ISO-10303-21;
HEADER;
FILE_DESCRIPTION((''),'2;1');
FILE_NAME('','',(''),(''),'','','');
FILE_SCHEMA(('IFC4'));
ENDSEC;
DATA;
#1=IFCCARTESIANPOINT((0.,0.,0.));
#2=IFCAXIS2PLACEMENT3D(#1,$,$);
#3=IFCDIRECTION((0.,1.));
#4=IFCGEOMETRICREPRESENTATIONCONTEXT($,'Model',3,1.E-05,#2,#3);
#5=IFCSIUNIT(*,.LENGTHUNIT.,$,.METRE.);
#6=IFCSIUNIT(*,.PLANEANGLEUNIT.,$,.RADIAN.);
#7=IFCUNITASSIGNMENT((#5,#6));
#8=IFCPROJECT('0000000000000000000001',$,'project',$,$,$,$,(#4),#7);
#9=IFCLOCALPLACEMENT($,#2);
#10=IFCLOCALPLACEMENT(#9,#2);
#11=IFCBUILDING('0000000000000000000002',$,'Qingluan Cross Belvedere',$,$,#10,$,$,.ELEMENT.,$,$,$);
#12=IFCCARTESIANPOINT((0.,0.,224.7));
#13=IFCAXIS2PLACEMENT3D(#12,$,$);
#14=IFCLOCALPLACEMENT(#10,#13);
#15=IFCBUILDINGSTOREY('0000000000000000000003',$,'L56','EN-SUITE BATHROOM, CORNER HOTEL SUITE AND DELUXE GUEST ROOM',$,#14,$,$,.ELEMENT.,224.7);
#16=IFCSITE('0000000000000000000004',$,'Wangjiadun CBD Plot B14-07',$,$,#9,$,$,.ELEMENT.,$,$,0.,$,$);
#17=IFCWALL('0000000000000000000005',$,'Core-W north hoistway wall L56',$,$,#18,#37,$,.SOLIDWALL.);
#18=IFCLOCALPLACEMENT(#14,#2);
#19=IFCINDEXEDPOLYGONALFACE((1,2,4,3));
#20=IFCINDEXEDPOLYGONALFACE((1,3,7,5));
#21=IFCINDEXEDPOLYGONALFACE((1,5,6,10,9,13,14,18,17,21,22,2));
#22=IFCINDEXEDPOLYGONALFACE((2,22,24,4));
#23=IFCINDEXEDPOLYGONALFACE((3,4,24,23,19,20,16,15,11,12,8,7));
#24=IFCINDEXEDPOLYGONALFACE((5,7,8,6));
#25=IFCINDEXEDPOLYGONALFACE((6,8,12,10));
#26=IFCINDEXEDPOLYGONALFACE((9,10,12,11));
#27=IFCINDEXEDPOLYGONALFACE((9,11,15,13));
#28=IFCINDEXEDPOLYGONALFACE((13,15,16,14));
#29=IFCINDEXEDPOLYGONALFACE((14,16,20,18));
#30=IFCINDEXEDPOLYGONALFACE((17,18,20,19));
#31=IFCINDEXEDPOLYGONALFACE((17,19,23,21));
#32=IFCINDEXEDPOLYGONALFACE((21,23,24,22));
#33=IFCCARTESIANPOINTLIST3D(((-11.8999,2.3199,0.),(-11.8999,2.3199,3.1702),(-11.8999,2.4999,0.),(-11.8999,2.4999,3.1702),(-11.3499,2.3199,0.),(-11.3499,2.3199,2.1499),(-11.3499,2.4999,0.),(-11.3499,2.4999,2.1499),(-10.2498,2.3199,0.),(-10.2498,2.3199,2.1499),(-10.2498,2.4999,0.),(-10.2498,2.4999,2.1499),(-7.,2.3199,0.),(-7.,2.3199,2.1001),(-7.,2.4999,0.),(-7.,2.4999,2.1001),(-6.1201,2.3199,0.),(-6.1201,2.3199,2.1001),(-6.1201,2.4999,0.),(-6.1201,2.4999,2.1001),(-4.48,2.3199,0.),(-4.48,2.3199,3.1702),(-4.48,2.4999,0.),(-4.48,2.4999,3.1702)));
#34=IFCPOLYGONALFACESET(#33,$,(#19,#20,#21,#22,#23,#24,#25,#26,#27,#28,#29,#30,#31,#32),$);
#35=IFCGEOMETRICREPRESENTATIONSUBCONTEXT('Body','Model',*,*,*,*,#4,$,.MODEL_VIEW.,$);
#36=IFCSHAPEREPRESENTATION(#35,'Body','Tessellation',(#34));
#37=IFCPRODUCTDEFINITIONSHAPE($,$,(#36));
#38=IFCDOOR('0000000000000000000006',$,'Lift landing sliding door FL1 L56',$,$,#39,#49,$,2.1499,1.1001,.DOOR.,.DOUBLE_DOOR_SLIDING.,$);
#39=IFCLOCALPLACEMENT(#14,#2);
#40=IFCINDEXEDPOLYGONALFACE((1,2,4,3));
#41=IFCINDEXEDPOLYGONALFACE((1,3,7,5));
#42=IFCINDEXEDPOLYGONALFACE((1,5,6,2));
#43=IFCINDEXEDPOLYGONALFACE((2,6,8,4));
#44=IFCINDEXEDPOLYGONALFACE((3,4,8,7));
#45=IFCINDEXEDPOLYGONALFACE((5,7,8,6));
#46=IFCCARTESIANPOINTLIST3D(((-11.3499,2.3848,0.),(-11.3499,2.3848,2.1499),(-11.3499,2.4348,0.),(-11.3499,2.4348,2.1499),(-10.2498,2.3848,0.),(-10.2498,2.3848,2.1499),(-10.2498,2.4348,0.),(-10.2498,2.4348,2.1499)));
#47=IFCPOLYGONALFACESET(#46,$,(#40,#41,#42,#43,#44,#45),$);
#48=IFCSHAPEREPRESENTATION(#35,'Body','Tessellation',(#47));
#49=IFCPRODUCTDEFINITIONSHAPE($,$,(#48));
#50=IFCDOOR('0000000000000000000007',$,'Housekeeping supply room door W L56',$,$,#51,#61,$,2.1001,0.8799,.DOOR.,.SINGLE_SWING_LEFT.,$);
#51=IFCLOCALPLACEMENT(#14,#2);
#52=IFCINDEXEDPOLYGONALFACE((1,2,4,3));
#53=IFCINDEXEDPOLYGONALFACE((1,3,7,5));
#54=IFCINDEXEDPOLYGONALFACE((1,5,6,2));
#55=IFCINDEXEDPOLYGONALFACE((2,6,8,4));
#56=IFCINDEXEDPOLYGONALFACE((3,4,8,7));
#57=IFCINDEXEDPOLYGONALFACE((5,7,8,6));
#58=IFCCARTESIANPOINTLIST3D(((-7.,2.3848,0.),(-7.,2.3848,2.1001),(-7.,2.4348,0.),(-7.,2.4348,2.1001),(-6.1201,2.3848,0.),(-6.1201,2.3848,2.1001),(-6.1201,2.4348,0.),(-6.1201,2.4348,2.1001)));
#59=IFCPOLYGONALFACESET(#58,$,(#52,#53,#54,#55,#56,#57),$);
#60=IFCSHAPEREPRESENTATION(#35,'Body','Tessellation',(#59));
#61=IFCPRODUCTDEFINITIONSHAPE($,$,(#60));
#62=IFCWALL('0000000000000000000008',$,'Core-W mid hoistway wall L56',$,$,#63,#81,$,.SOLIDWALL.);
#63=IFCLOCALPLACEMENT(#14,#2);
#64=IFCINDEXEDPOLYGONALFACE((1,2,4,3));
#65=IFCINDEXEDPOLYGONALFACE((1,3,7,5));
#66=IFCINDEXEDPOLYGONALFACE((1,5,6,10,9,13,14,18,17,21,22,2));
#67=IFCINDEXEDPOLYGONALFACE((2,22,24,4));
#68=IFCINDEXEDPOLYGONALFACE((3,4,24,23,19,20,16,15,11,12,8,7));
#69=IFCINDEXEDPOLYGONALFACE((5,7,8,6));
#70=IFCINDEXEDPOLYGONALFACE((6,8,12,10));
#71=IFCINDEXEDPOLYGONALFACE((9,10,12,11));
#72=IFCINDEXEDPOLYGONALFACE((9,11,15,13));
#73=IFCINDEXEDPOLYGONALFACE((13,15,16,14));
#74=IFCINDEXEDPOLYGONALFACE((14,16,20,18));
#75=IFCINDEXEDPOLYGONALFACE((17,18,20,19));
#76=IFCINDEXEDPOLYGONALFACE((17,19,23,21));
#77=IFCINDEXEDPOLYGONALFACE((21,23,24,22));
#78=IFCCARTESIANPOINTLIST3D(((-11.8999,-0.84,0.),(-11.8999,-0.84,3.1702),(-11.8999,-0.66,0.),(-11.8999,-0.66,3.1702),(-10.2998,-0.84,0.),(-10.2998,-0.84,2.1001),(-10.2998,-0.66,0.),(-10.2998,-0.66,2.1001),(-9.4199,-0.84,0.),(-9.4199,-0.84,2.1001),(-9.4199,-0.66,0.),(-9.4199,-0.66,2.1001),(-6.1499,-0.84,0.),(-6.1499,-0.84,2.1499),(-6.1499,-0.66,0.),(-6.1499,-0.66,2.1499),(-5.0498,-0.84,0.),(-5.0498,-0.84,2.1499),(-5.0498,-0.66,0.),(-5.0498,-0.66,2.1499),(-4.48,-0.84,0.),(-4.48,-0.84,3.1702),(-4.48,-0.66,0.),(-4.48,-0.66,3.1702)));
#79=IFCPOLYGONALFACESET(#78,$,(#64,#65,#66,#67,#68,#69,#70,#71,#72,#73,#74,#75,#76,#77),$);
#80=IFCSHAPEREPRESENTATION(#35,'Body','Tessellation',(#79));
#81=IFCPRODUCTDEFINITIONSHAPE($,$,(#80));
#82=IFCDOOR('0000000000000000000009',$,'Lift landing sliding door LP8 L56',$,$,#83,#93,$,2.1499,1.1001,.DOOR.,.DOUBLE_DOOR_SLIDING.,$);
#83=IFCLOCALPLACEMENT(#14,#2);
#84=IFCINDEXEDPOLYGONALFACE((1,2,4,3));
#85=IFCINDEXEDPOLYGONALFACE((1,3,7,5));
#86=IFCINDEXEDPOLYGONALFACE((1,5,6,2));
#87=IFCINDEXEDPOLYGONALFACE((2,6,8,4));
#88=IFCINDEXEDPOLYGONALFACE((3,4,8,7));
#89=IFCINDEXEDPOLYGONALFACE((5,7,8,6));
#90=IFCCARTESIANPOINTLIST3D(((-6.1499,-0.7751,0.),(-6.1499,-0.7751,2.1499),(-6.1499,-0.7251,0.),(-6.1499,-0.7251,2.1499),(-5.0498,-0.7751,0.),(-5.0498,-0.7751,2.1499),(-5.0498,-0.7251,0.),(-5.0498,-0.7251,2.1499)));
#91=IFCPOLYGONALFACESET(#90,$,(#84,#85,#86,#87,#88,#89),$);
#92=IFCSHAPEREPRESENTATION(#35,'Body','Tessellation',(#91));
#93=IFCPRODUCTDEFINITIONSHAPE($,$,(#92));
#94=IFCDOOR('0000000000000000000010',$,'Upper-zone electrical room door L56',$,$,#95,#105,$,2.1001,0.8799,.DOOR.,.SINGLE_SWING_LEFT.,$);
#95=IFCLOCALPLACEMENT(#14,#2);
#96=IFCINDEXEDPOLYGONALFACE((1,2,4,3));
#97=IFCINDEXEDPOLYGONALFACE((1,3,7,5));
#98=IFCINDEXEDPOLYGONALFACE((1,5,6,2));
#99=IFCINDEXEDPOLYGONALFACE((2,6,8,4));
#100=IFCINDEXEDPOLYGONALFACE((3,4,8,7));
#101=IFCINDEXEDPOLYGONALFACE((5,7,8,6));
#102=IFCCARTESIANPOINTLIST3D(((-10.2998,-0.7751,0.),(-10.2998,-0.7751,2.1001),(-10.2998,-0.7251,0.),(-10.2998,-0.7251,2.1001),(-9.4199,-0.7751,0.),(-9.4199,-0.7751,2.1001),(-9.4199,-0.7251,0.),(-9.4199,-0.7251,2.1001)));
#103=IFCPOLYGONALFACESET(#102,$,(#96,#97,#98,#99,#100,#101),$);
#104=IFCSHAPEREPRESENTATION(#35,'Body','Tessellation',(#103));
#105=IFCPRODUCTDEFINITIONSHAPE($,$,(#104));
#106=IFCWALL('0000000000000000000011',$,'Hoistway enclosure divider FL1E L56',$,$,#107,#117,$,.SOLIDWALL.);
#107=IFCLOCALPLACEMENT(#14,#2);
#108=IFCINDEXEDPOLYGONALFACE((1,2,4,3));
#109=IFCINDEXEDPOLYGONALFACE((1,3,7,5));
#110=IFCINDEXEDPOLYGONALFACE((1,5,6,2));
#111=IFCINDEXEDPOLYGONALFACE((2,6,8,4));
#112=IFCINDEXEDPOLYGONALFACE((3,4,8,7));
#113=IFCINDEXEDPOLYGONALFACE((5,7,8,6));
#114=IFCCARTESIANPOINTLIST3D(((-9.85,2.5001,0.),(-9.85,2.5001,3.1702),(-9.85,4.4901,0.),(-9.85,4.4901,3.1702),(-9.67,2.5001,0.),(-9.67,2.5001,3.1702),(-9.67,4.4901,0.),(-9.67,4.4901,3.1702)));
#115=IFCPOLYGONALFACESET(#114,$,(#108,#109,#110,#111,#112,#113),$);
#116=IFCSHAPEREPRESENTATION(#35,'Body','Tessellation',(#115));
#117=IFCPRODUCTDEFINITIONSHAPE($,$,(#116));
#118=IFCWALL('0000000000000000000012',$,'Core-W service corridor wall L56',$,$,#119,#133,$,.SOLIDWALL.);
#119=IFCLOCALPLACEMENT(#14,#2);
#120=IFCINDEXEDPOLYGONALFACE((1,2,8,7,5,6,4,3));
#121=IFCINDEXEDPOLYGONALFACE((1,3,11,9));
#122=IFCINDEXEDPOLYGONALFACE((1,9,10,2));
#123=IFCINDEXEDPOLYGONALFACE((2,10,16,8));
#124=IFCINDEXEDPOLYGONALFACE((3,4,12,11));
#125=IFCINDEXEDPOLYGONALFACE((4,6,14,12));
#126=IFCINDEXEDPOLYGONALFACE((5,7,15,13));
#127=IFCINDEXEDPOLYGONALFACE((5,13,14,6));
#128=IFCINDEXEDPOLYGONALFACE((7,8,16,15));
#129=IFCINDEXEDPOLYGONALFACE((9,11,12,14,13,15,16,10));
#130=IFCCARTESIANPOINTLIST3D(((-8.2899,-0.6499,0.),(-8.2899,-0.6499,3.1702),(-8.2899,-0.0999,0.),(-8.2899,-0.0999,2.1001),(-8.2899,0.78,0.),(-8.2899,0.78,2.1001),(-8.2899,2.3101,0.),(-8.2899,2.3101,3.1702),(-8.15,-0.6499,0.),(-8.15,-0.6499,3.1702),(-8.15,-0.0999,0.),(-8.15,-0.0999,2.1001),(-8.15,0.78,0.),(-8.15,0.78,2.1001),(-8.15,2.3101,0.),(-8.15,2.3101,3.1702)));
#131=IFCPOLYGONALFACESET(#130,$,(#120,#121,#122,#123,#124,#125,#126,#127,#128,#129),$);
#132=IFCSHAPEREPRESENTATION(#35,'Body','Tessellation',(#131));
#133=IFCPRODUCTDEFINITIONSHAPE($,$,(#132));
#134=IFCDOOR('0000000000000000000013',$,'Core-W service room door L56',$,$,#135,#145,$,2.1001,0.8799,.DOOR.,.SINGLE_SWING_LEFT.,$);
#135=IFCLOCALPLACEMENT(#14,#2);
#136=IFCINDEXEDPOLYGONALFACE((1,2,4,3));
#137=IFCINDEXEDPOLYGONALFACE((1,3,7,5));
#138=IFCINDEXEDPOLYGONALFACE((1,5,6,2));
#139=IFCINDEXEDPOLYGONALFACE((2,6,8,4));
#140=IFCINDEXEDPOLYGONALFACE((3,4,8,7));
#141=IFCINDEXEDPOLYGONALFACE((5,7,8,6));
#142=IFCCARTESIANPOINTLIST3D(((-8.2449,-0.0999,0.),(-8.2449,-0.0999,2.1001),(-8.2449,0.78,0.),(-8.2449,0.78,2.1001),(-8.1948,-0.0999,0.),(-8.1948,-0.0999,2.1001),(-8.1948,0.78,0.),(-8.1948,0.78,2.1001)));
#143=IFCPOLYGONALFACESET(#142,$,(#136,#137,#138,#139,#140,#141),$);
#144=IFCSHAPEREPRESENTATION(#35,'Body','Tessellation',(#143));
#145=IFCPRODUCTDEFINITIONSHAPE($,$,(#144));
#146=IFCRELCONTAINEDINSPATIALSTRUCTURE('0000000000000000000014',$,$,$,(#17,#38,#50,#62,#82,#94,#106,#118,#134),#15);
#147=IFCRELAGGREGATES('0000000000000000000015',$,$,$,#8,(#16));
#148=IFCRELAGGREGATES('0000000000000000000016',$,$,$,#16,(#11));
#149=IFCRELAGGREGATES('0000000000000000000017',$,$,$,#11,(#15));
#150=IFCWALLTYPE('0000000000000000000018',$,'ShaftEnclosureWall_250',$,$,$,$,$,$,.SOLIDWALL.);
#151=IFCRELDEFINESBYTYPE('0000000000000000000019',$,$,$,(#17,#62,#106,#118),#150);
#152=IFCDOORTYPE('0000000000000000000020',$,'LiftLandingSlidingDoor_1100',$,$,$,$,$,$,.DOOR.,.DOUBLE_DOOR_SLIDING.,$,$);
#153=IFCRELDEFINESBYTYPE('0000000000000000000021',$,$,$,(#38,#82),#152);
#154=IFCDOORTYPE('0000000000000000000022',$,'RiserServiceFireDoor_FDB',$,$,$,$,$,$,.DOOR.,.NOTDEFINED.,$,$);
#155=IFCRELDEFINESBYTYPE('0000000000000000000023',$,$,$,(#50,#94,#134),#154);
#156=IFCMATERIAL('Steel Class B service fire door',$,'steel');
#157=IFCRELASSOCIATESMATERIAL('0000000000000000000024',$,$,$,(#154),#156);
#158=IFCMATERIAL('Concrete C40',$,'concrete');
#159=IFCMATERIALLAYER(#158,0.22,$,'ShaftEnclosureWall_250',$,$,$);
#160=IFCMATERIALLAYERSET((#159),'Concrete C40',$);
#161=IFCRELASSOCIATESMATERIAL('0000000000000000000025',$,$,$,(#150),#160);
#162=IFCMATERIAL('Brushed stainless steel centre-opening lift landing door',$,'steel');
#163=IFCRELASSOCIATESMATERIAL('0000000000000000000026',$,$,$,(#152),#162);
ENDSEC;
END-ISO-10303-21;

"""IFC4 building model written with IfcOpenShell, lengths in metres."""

from ifc_helpers import new_model, si_unit, direction, frame, frame_2d, origin, place, context, subcontext, project, spatial, rectangle, extrude, material, layer, layer_set, type_object, element, fill, save


model = new_model("IFC4")

# Units and contexts
model_context = context("Model", 3, precision=1e-05, world=origin(), true_north=direction((0.0, 1.0)))
body_context = subcontext(model_context, "Body", "Model", "MODEL_VIEW")
ifc_project = project(units=[si_unit("LENGTHUNIT", "METRE"), si_unit("PLANEANGLEUNIT", "RADIAN")], contexts=[model_context])

# Site, building, storey
site_placement = place(None, origin())
site = spatial("IfcSite", under=ifc_project, at=site_placement, Name="Wangjiadun CBD Plot B14-07", CompositionType="ELEMENT", RefElevation=0.0)
building_placement = place(site_placement, origin())
building = spatial("IfcBuilding", under=site, at=building_placement, Name="Qingluan Cross Belvedere", CompositionType="ELEMENT")
storey_placement = place(building_placement, frame((0.0, 0.0, 224.7)))
storey = spatial("IfcBuildingStorey", under=building, at=storey_placement, Name="L56", Description="EN-SUITE BATHROOM, CORNER HOTEL SUITE AND DELUXE GUEST ROOM", CompositionType="ELEMENT", Elevation=224.7)

# Shared definitions
ifc_material_1 = material(Name="Steel Class B service fire door", Category="steel")
door_type_1 = type_object("IfcDoorType", Name="RiserServiceFireDoor_FDB", OperationType="NOTDEFINED", PredefinedType="DOOR", material=ifc_material_1)

# Walls, openings, doors
ifc_material_2 = material(Name="Concrete C40", Category="concrete")
ifc_layer_1 = layer(ifc_material_2, 0.22, Name="ShaftEnclosureWall_250")
ifc_layer_set_1 = layer_set([ifc_layer_1], Name="Concrete C40")
wall_type_1 = type_object("IfcWallType", Name="ShaftEnclosureWall_250", PredefinedType="SOLIDWALL", material=ifc_layer_set_1)
wall_1_placement = place(storey_placement, frame((-11.8999, 2.4099, 0.0), z_axis=(0.0, 0.0, 1.0), x_axis=(1.0, 0.0, 0.0)))
wall_1 = element("IfcWall", 1, at=wall_1_placement, inside=storey, type_object=wall_type_1, Name="Core-W north hoistway wall L56", PredefinedType="SOLIDWALL", context=body_context, shape_type="SweptSolid", body=[
    extrude(rectangle(XDim=7.4199, YDim=0.1799, at=frame_2d((3.71, 0.0))), origin(), (0.0, 0.0, 1.0), 3.1702),
])
opening_1_placement = place(wall_1_placement, frame((0.55, 0.0, 0.0)))
opening_1 = element("IfcOpeningElement", 2, at=opening_1_placement, cuts=wall_1, PredefinedType="OPENING", context=body_context, shape_type="SweptSolid", body=[
    extrude(rectangle(XDim=1.1001, YDim=2.1499, at=frame_2d((0.55, 1.075))), frame((0.0, 0.0999, 0.0), z_axis=(0.0, -1.0, 0.0), x_axis=(1.0, 0.0, 0.0)), (0.0, 0.0, 1.0), 0.2),
])
opening_2_placement = place(wall_1_placement, frame((4.8999, 0.0, 0.0)))
opening_2 = element("IfcOpeningElement", 3, at=opening_2_placement, cuts=wall_1, PredefinedType="OPENING", context=body_context, shape_type="SweptSolid", body=[
    extrude(rectangle(XDim=0.8799, YDim=2.1001, at=frame_2d((0.4399, 1.05))), frame((0.0, 0.0999, 0.0), z_axis=(0.0, -1.0, 0.0), x_axis=(1.0, 0.0, 0.0)), (0.0, 0.0, 1.0), 0.2),
])
ifc_material_3 = material(Name="Brushed stainless steel centre-opening lift landing door", Category="steel")
door_type_2 = type_object("IfcDoorType", Name="LiftLandingSlidingDoor_1100", OperationType="DOUBLE_DOOR_SLIDING", PredefinedType="DOOR", material=ifc_material_3)
door_1_placement = place(opening_1_placement, origin())
door_1 = element("IfcDoor", 4, at=door_1_placement, inside=storey, type_object=door_type_2, Name="Lift landing sliding door FL1 L56", OperationType="DOUBLE_DOOR_SLIDING", OverallHeight=2.1499, OverallWidth=1.1001, PredefinedType="DOOR", context=body_context, shape_type="SweptSolid", body=[
    extrude(rectangle(XDim=1.1001, YDim=2.1499, at=frame_2d((0.55, 1.075))), frame((0.0, 0.0249, 0.0), z_axis=(0.0, -1.0, 0.0), x_axis=(1.0, 0.0, 0.0)), (0.0, 0.0, 1.0), 0.05),
])
fill(opening_1, door_1)
door_2_placement = place(opening_2_placement, origin())
door_2 = element("IfcDoor", 5, at=door_2_placement, inside=storey, type_object=door_type_1, Name="Housekeeping supply room door W L56", OperationType="SINGLE_SWING_LEFT", OverallHeight=2.1001, OverallWidth=0.8799, PredefinedType="DOOR", context=body_context, shape_type="SweptSolid", body=[
    extrude(rectangle(XDim=0.8799, YDim=2.1001, at=frame_2d((0.4399, 1.05))), frame((0.0, 0.0249, 0.0), z_axis=(0.0, -1.0, 0.0), x_axis=(1.0, 0.0, 0.0)), (0.0, 0.0, 1.0), 0.05),
])
fill(opening_2, door_2)
wall_2_placement = place(storey_placement, frame((-11.8999, -0.75, 0.0), z_axis=(0.0, 0.0, 1.0), x_axis=(1.0, 0.0, 0.0)))
wall_2 = element("IfcWall", 6, at=wall_2_placement, inside=storey, type_object=wall_type_1, Name="Core-W mid hoistway wall L56", PredefinedType="SOLIDWALL", context=body_context, shape_type="SweptSolid", body=[
    extrude(rectangle(XDim=7.4199, YDim=0.1799, at=frame_2d((3.71, 0.0))), origin(), (0.0, 0.0, 1.0), 3.1702),
])
opening_3_placement = place(wall_2_placement, frame((5.75, 0.0, 0.0)))
opening_3 = element("IfcOpeningElement", 7, at=opening_3_placement, cuts=wall_2, PredefinedType="OPENING", context=body_context, shape_type="SweptSolid", body=[
    extrude(rectangle(XDim=1.1001, YDim=2.1499, at=frame_2d((0.55, 1.075))), frame((0.0, 0.0999, 0.0), z_axis=(0.0, -1.0, 0.0), x_axis=(1.0, 0.0, 0.0)), (0.0, 0.0, 1.0), 0.2),
])
opening_4_placement = place(wall_2_placement, frame((1.6001, 0.0, 0.0)))
opening_4 = element("IfcOpeningElement", 8, at=opening_4_placement, cuts=wall_2, PredefinedType="OPENING", context=body_context, shape_type="SweptSolid", body=[
    extrude(rectangle(XDim=0.8799, YDim=2.1001, at=frame_2d((0.4399, 1.05))), frame((0.0, 0.0999, 0.0), z_axis=(0.0, -1.0, 0.0), x_axis=(1.0, 0.0, 0.0)), (0.0, 0.0, 1.0), 0.2),
])
door_3_placement = place(opening_3_placement, origin())
door_3 = element("IfcDoor", 9, at=door_3_placement, inside=storey, type_object=door_type_2, Name="Lift landing sliding door LP8 L56", OperationType="DOUBLE_DOOR_SLIDING", OverallHeight=2.1499, OverallWidth=1.1001, PredefinedType="DOOR", context=body_context, shape_type="SweptSolid", body=[
    extrude(rectangle(XDim=1.1001, YDim=2.1499, at=frame_2d((0.55, 1.075))), frame((0.0, 0.0249, 0.0), z_axis=(0.0, -1.0, 0.0), x_axis=(1.0, 0.0, 0.0)), (0.0, 0.0, 1.0), 0.05),
])
fill(opening_3, door_3)
door_4_placement = place(opening_4_placement, origin())
door_4 = element("IfcDoor", 10, at=door_4_placement, inside=storey, type_object=door_type_1, Name="Upper-zone electrical room door L56", OperationType="SINGLE_SWING_LEFT", OverallHeight=2.1001, OverallWidth=0.8799, PredefinedType="DOOR", context=body_context, shape_type="SweptSolid", body=[
    extrude(rectangle(XDim=0.8799, YDim=2.1001, at=frame_2d((0.4399, 1.05))), frame((0.0, 0.0249, 0.0), z_axis=(0.0, -1.0, 0.0), x_axis=(1.0, 0.0, 0.0)), (0.0, 0.0, 1.0), 0.05),
])
fill(opening_4, door_4)

# Wall
wall_3_placement = place(storey_placement, frame((-9.76, 2.5, 0.0), z_axis=(0.0, 0.0, 1.0), x_axis=(0.0, 1.0, 0.0)))
element("IfcWall", 11, at=wall_3_placement, inside=storey, type_object=wall_type_1, Name="Hoistway enclosure divider FL1E L56", PredefinedType="SOLIDWALL", context=body_context, shape_type="SweptSolid", body=[
    extrude(rectangle(XDim=1.99, YDim=0.1799, at=frame_2d((0.9951, 0.0))), origin(), (0.0, 0.0, 1.0), 3.1702),
])

# Wall, opening, door
wall_4_placement = place(storey_placement, frame((-8.22, -0.6499, 0.0), z_axis=(0.0, 0.0, 1.0), x_axis=(0.0, 1.0, 0.0)))
wall_4 = element("IfcWall", 12, at=wall_4_placement, inside=storey, type_object=wall_type_1, Name="Core-W service corridor wall L56", PredefinedType="SOLIDWALL", context=body_context, shape_type="SweptSolid", body=[
    extrude(rectangle(XDim=2.96, YDim=0.1399, at=frame_2d((1.48, 0.0))), origin(), (0.0, 0.0, 1.0), 3.1702),
])
opening_5_placement = place(wall_4_placement, frame((0.55, 0.0, 0.0)))
opening_5 = element("IfcOpeningElement", 13, at=opening_5_placement, cuts=wall_4, PredefinedType="OPENING", context=body_context, shape_type="SweptSolid", body=[
    extrude(rectangle(XDim=0.8799, YDim=2.1001, at=frame_2d((0.4399, 1.05))), frame((0.0, 0.0798, 0.0), z_axis=(0.0, -1.0, 0.0), x_axis=(1.0, 0.0, 0.0)), (0.0, 0.0, 1.0), 0.1599),
])
door_5_placement = place(opening_5_placement, origin())
door_5 = element("IfcDoor", 14, at=door_5_placement, inside=storey, type_object=door_type_1, Name="Core-W service room door L56", OperationType="SINGLE_SWING_LEFT", OverallHeight=2.1001, OverallWidth=0.8799, PredefinedType="DOOR", context=body_context, shape_type="SweptSolid", body=[
    extrude(rectangle(XDim=0.8799, YDim=2.1001, at=frame_2d((0.4399, 1.05))), frame((0.0, 0.0249, 0.0), z_axis=(0.0, -1.0, 0.0), x_axis=(1.0, 0.0, 0.0)), (0.0, 0.0, 1.0), 0.05),
])
fill(opening_5, door_5)

save(model, "model.ifc")
